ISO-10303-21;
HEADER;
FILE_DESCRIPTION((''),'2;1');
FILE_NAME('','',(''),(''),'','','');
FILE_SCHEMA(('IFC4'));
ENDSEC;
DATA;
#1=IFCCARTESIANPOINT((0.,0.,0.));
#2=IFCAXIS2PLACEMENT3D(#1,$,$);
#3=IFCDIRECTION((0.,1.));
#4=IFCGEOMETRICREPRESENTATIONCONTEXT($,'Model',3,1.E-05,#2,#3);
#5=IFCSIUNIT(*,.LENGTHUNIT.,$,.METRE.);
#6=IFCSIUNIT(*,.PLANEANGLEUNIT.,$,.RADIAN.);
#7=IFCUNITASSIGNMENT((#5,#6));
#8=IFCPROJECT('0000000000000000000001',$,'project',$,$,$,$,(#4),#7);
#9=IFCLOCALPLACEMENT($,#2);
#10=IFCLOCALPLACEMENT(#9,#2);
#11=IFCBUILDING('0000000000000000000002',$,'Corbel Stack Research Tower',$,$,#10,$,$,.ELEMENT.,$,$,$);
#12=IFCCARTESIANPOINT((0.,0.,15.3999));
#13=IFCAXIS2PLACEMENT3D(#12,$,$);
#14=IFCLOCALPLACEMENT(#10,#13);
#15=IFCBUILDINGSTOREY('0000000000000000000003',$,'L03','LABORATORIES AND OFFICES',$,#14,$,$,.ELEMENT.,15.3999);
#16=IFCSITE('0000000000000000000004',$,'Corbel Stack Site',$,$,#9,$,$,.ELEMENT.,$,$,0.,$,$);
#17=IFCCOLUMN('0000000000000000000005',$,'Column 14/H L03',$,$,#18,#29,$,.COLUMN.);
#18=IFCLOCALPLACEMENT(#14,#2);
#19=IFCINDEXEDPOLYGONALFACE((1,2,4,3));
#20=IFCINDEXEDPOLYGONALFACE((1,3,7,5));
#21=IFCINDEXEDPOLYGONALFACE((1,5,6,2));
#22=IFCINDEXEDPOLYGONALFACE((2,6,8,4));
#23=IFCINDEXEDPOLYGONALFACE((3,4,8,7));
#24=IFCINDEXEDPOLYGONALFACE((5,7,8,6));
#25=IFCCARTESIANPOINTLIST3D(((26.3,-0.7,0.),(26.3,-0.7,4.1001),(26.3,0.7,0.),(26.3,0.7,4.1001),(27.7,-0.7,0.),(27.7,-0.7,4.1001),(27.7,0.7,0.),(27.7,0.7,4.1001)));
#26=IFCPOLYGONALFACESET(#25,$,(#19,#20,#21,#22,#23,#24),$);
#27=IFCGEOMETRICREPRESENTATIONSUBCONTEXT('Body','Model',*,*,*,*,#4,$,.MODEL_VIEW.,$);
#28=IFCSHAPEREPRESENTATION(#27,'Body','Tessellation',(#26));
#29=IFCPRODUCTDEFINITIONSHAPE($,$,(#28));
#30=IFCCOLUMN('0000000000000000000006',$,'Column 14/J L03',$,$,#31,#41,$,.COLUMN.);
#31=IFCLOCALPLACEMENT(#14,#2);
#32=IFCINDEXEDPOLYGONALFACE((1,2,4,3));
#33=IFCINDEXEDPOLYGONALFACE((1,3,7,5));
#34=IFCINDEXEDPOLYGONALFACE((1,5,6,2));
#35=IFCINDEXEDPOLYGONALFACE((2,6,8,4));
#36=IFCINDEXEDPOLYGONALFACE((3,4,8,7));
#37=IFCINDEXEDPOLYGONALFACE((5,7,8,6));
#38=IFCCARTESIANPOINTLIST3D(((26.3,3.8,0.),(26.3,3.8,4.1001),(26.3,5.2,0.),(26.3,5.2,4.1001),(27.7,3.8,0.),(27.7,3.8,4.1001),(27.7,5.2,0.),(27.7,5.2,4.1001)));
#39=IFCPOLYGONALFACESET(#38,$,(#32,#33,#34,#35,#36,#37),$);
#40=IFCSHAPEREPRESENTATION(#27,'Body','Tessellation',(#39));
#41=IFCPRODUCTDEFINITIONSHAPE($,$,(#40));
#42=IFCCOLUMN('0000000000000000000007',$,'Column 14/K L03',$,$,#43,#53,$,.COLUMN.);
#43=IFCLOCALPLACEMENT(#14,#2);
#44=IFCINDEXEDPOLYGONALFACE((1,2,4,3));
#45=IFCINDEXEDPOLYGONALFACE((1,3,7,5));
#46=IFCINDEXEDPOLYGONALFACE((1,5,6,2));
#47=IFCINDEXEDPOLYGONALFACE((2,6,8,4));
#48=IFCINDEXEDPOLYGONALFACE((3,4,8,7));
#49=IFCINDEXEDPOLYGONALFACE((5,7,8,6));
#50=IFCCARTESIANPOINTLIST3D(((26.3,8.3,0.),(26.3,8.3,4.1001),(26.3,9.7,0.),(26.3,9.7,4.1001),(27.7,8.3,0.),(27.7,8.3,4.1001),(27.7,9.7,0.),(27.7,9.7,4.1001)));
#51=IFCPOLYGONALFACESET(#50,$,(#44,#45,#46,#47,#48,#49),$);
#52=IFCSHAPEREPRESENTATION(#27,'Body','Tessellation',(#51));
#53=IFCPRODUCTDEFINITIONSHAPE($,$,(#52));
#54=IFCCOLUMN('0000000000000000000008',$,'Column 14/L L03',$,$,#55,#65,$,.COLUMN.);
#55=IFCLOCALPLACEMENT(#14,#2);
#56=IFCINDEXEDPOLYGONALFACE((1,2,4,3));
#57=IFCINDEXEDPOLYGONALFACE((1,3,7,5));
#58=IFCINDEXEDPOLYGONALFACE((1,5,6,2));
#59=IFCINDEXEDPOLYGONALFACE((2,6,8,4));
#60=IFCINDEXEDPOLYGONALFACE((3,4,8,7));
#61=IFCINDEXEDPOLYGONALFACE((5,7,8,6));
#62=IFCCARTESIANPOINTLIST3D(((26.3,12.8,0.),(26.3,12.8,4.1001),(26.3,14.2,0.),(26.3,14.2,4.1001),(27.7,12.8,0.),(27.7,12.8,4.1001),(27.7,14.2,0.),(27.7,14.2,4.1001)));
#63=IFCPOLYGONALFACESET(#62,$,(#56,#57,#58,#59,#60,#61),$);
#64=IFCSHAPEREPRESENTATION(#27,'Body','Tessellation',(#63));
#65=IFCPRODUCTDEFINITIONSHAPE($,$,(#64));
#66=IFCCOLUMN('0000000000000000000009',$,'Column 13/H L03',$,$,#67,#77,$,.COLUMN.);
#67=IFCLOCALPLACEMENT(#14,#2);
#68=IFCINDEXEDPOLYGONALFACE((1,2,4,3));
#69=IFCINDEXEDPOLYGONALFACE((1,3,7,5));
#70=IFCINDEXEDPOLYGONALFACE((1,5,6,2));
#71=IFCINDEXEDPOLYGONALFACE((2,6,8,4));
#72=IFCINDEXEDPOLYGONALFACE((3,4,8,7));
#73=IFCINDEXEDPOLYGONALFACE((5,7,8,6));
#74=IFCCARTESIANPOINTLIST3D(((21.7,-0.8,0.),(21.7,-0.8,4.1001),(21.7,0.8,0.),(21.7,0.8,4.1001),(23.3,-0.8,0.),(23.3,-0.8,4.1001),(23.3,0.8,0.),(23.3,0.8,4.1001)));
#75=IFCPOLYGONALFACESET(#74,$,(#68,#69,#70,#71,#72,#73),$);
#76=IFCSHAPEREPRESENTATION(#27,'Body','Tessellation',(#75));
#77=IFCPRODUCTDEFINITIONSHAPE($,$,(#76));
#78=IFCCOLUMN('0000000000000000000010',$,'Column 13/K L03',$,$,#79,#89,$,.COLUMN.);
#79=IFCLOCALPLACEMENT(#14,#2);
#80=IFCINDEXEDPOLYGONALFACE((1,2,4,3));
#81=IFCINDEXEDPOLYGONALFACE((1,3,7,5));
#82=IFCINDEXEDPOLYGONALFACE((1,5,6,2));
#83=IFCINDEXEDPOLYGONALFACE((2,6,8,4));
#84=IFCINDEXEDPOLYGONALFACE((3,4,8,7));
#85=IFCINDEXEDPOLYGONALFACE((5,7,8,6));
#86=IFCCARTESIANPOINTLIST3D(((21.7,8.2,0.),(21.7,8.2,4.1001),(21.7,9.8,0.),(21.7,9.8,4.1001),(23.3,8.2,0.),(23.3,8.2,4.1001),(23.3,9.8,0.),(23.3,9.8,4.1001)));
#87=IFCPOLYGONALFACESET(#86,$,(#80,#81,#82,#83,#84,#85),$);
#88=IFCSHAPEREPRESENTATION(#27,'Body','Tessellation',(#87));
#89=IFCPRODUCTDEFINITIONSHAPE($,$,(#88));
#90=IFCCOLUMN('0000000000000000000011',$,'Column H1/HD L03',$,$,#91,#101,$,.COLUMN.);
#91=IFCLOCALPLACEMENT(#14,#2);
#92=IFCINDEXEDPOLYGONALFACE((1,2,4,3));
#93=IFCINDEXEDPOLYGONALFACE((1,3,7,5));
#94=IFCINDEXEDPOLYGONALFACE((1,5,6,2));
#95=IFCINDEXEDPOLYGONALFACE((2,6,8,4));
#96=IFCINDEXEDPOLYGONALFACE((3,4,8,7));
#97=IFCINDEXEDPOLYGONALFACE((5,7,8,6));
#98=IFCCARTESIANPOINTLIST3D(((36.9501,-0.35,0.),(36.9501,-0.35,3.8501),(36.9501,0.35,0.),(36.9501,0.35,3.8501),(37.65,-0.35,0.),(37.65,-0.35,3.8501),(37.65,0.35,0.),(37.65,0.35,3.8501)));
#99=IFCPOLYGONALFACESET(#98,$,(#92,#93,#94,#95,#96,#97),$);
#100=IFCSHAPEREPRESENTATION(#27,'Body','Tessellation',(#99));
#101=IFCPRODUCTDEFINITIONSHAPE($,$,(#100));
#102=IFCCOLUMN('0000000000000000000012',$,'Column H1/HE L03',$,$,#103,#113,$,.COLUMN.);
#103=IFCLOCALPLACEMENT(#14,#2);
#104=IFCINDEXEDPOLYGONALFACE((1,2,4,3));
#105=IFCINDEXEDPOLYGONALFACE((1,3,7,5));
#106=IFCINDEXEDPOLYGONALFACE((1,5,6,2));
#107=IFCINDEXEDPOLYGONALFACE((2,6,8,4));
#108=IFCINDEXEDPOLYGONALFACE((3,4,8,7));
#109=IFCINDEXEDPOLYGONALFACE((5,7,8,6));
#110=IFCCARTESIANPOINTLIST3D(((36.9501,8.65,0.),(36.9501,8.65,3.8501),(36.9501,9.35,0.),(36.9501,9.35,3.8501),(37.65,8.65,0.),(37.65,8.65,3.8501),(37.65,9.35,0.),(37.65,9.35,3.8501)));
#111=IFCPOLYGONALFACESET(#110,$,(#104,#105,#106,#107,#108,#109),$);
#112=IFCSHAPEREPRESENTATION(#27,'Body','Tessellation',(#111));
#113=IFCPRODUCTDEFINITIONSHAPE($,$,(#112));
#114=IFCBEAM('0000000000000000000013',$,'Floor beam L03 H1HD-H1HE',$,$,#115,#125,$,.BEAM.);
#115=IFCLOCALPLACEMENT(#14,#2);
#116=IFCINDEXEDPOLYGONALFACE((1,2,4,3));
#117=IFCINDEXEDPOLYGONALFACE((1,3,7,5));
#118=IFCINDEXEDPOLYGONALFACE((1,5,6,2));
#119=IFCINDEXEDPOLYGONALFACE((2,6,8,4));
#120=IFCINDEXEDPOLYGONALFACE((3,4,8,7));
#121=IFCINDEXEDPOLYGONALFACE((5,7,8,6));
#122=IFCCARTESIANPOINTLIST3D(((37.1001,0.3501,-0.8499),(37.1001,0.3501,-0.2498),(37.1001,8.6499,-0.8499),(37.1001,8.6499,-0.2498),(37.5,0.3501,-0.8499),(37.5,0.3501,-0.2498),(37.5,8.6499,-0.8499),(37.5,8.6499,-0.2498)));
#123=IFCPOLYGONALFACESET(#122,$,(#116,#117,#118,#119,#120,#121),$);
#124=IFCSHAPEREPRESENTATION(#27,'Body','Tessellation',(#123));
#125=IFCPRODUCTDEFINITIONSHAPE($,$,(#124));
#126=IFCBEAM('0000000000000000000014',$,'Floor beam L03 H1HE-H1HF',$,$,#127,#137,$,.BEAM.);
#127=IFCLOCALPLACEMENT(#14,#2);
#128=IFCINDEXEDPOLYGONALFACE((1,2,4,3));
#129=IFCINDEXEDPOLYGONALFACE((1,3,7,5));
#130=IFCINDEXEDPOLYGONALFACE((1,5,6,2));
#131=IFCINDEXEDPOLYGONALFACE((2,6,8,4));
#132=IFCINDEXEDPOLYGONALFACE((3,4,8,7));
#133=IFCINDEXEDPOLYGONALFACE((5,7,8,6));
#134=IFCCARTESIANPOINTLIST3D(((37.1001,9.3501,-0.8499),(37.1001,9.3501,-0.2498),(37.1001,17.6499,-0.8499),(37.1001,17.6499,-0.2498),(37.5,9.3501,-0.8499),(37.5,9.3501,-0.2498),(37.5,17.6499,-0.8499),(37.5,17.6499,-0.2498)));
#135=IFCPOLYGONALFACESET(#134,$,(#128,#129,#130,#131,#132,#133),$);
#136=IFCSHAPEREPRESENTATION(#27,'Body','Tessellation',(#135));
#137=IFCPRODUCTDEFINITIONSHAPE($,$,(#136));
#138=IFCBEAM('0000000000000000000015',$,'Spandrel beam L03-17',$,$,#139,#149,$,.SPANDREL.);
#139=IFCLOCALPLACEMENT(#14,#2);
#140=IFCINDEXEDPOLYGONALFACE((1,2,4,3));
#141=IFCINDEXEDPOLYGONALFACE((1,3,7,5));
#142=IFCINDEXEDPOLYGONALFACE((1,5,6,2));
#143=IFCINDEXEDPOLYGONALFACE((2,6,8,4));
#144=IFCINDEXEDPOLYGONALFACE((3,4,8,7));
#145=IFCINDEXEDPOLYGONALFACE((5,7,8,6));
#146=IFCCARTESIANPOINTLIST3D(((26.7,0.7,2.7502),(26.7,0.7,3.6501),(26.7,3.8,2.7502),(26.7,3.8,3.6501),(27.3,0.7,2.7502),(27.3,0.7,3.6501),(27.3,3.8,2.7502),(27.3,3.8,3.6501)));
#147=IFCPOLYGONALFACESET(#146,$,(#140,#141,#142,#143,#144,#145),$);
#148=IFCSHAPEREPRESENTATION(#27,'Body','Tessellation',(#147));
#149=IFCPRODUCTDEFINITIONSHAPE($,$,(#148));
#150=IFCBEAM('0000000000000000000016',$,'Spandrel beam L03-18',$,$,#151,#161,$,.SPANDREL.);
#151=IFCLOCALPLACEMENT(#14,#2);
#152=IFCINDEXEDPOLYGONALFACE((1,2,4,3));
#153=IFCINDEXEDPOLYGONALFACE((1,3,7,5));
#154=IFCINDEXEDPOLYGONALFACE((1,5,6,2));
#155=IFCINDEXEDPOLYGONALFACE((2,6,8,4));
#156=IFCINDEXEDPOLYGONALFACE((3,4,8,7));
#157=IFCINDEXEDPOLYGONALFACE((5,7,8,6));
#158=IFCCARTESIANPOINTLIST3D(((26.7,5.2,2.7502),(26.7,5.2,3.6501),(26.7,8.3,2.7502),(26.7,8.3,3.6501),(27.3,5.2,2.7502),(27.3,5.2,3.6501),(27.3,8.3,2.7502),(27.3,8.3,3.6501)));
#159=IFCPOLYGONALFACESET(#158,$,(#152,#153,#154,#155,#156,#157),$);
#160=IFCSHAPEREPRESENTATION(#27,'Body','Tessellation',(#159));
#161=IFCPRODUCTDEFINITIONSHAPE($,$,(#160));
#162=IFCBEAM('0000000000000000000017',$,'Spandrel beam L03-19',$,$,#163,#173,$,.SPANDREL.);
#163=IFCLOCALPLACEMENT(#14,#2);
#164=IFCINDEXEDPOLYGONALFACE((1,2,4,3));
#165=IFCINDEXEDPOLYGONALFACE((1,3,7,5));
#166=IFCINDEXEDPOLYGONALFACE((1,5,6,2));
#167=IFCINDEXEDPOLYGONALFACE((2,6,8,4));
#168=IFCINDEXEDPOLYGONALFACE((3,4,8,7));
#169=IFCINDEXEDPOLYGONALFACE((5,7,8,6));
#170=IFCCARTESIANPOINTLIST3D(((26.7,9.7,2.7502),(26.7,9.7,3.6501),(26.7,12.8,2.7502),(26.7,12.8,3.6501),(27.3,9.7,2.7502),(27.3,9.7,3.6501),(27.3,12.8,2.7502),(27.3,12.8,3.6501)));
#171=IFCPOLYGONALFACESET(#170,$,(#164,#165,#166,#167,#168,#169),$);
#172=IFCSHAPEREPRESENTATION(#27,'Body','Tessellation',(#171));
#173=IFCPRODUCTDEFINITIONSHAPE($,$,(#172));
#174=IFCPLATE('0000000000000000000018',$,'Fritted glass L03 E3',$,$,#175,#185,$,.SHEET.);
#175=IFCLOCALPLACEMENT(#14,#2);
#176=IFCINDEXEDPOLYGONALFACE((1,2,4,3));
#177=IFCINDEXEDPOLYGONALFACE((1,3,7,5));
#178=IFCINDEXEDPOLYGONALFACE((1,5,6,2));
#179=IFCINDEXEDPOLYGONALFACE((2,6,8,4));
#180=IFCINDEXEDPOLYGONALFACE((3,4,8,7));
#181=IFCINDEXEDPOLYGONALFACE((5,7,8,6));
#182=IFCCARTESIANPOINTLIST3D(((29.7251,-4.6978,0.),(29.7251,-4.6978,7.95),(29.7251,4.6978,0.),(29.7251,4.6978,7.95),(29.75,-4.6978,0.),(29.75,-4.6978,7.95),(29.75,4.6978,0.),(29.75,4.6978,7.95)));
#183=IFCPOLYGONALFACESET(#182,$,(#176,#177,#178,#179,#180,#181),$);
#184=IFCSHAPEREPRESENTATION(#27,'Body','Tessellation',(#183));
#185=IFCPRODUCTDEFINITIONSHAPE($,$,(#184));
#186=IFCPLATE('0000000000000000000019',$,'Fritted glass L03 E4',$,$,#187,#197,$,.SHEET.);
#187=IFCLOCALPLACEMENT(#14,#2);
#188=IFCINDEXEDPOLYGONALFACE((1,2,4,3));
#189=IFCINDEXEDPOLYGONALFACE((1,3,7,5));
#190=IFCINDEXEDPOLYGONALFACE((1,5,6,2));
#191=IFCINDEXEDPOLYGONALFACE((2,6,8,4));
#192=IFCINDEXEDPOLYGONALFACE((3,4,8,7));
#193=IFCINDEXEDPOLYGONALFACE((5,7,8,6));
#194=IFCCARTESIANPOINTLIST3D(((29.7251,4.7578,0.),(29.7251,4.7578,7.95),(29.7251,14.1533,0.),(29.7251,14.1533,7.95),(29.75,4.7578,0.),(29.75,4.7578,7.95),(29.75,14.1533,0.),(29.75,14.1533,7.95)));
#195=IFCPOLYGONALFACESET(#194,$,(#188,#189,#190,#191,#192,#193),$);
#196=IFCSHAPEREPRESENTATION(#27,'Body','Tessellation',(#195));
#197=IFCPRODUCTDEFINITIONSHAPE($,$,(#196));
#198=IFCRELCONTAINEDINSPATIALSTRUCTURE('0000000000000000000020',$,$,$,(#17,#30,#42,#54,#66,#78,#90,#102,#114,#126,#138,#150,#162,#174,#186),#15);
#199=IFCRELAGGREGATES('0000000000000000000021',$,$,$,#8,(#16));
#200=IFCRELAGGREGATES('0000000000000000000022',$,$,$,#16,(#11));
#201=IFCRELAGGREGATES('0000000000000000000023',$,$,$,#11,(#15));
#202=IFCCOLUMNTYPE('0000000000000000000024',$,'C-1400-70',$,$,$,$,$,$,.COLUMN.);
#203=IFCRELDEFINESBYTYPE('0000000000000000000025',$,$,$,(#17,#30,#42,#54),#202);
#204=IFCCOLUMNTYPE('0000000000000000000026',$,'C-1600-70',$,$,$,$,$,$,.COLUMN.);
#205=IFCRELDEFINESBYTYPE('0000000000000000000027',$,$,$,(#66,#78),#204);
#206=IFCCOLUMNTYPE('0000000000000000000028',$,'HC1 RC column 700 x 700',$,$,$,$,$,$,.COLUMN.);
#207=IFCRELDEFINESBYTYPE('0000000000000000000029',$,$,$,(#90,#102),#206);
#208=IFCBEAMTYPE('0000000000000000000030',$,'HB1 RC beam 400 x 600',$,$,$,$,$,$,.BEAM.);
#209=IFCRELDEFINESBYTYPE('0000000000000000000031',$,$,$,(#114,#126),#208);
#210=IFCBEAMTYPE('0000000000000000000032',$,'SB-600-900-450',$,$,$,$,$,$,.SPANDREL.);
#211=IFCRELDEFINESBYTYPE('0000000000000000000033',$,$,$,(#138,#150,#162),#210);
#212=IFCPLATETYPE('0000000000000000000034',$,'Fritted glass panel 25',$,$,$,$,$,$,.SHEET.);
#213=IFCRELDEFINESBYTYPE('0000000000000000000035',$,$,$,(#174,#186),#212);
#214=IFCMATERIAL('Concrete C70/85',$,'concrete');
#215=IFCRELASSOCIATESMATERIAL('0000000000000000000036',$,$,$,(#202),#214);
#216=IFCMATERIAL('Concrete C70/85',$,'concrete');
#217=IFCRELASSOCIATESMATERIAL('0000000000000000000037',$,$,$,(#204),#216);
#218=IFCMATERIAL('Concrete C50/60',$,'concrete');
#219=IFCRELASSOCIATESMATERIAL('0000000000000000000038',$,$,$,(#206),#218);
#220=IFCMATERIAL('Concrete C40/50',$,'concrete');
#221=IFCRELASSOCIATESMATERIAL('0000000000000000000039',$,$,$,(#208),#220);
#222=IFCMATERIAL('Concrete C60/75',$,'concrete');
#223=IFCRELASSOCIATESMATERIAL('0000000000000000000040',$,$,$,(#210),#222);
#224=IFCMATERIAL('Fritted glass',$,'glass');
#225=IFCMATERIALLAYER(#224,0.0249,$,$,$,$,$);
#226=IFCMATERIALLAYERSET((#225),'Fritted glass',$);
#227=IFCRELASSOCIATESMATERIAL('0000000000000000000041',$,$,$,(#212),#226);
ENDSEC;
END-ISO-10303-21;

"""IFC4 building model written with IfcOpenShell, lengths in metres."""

from ifc_helpers import new_model, si_unit, direction, frame, origin, origin_2d, place, context, subcontext, project, spatial, rectangle, extrude, material, layer, layer_set, material_profile, profile_set, type_object, element, save


model = new_model("IFC4")

# Units and contexts
model_context = context("Model", 3, precision=1e-05, world=origin(), true_north=direction((0.0, 1.0)))
body_context = subcontext(model_context, "Body", "Model", "MODEL_VIEW")
ifc_project = project(units=[si_unit("LENGTHUNIT", "METRE"), si_unit("PLANEANGLEUNIT", "RADIAN")], contexts=[model_context])

# Site, building, storey
site_placement = place(None, origin())
site = spatial("IfcSite", under=ifc_project, at=site_placement, Name="Corbel Stack Site", CompositionType="ELEMENT", RefElevation=0.0)
building_placement = place(site_placement, origin())
building = spatial("IfcBuilding", under=site, at=building_placement, Name="Corbel Stack Research Tower", CompositionType="ELEMENT")
storey_placement = place(building_placement, frame((0.0, 0.0, 15.3999)))
storey = spatial("IfcBuildingStorey", under=building, at=storey_placement, Name="L03", Description="LABORATORIES AND OFFICES", CompositionType="ELEMENT", Elevation=15.3999)

# Columns
ifc_material_1 = material(Name="Concrete C70/85", Category="concrete")
ifc_material_profile_1 = material_profile(ifc_material_1, rectangle(XDim=1.3999, YDim=1.3999, at=origin_2d()), Name="RC 1400 x 1400")
ifc_profile_set_1 = profile_set([ifc_material_profile_1], Name="Concrete C70/85")
column_type_1 = type_object("IfcColumnType", Name="C-1400-70", PredefinedType="COLUMN", material=ifc_profile_set_1)
for number, where, z_axis, x_axis, name in (
    (1, (27.0, 0.0, 0.0), (0.0, 0.0, 1.0), (1.0, 0.0, 0.0), "Column 14/H L03"),
    (2, (27.0, 4.5, 0.0), (0.0, 0.0, 1.0), (1.0, 0.0, 0.0), "Column 14/J L03"),
    (3, (27.0, 9.0, 0.0), (0.0, 0.0, 1.0), (1.0, 0.0, 0.0), "Column 14/K L03"),
    (4, (27.0, 13.5, 0.0), (0.0, 0.0, 1.0), (1.0, 0.0, 0.0), "Column 14/L L03"),
):
    element("IfcColumn", number, at=place(storey_placement, frame(where, z_axis=z_axis, x_axis=x_axis)), inside=storey, type_object=column_type_1, Name=name, PredefinedType="COLUMN", context=body_context, shape_type="SweptSolid", body=[
        extrude(rectangle(XDim=1.3999, YDim=1.3999, at=origin_2d()), origin(), (0.0, 0.0, 1.0), 4.1001),
    ])
ifc_material_2 = material(Name="Concrete C70/85", Category="concrete")
ifc_material_profile_2 = material_profile(ifc_material_2, rectangle(XDim=1.6001, YDim=1.6001, at=origin_2d()), Name="RC 1600 x 1600")
ifc_profile_set_2 = profile_set([ifc_material_profile_2], Name="Concrete C70/85")
column_type_2 = type_object("IfcColumnType", Name="C-1600-70", PredefinedType="COLUMN", material=ifc_profile_set_2)
for number, where, z_axis, x_axis, name in (
    (5, (22.5, 0.0, 0.0), (0.0, 0.0, 1.0), (1.0, 0.0, 0.0), "Column 13/H L03"),
    (6, (22.5, 9.0, 0.0), (0.0, 0.0, 1.0), (1.0, 0.0, 0.0), "Column 13/K L03"),
):
    element("IfcColumn", number, at=place(storey_placement, frame(where, z_axis=z_axis, x_axis=x_axis)), inside=storey, type_object=column_type_2, Name=name, PredefinedType="COLUMN", context=body_context, shape_type="SweptSolid", body=[
        extrude(rectangle(XDim=1.6001, YDim=1.6001, at=origin_2d()), origin(), (0.0, 0.0, 1.0), 4.1001),
    ])
ifc_material_3 = material(Name="Concrete C50/60", Category="concrete")
ifc_material_profile_3 = material_profile(ifc_material_3, rectangle(XDim=0.7, YDim=0.7, at=origin_2d()), Name="RC 700 x 700")
ifc_profile_set_3 = profile_set([ifc_material_profile_3], Name="Concrete C50/60")
column_type_3 = type_object("IfcColumnType", Name="HC1 RC column 700 x 700", PredefinedType="COLUMN", material=ifc_profile_set_3)
for number, where, z_axis, x_axis, name in (
    (7, (37.3, 0.0, 0.0), (0.0, 0.0, 1.0), (1.0, 0.0, 0.0), "Column H1/HD L03"),
    (8, (37.3, 9.0, 0.0), (0.0, 0.0, 1.0), (1.0, 0.0, 0.0), "Column H1/HE L03"),
):
    element("IfcColumn", number, at=place(storey_placement, frame(where, z_axis=z_axis, x_axis=x_axis)), inside=storey, type_object=column_type_3, Name=name, PredefinedType="COLUMN", context=body_context, shape_type="SweptSolid", body=[
        extrude(rectangle(XDim=0.7, YDim=0.7, at=origin_2d()), origin(), (0.0, 0.0, 1.0), 3.8501),
    ])

# Beams
ifc_material_4 = material(Name="Concrete C40/50", Category="concrete")
ifc_material_profile_4 = material_profile(ifc_material_4, rectangle(XDim=0.3999, YDim=0.6001, at=origin_2d()), Name="RC 400 x 600")
ifc_profile_set_4 = profile_set([ifc_material_profile_4], Name="Concrete C40/50")
beam_type_1 = type_object("IfcBeamType", Name="HB1 RC beam 400 x 600", PredefinedType="BEAM", material=ifc_profile_set_4)
for number, where, z_axis, x_axis, name in (
    (9, (37.3, 0.3501, -0.5498), (0.0, 1.0, 0.0), (-1.0, 0.0, 0.0), "Floor beam L03 H1HD-H1HE"),
    (10, (37.3, 9.3501, -0.5498), (0.0, 1.0, 0.0), (-1.0, 0.0, 0.0), "Floor beam L03 H1HE-H1HF"),
):
    element("IfcBeam", number, at=place(storey_placement, frame(where, z_axis=z_axis, x_axis=x_axis)), inside=storey, type_object=beam_type_1, Name=name, PredefinedType="BEAM", context=body_context, shape_type="SweptSolid", body=[
        extrude(rectangle(XDim=0.3999, YDim=0.6001, at=origin_2d()), origin(), (0.0, 0.0, 1.0), 8.2998),
    ])
ifc_material_5 = material(Name="Concrete C60/75", Category="concrete")
ifc_material_profile_5 = material_profile(ifc_material_5, rectangle(XDim=0.6001, YDim=0.8999, at=origin_2d()), Name="RC 600 x 900")
ifc_profile_set_5 = profile_set([ifc_material_profile_5], Name="Concrete C60/75")
beam_type_2 = type_object("IfcBeamType", Name="SB-600-900-450", PredefinedType="SPANDREL", material=ifc_profile_set_5)
for number, where, z_axis, x_axis, name in (
    (11, (27.0, 0.7, 3.2002), (0.0, 1.0, 0.0), (-1.0, 0.0, 0.0), "Spandrel beam L03-17"),
    (12, (27.0, 5.2, 3.2002), (0.0, 1.0, 0.0), (-1.0, 0.0, 0.0), "Spandrel beam L03-18"),
    (13, (27.0, 9.7, 3.2002), (0.0, 1.0, 0.0), (-1.0, 0.0, 0.0), "Spandrel beam L03-19"),
):
    element("IfcBeam", number, at=place(storey_placement, frame(where, z_axis=z_axis, x_axis=x_axis)), inside=storey, type_object=beam_type_2, Name=name, PredefinedType="SPANDREL", context=body_context, shape_type="SweptSolid", body=[
        extrude(rectangle(XDim=0.6001, YDim=0.8999, at=origin_2d()), origin(), (0.0, 0.0, 1.0), 3.1001),
    ])

# Plates
ifc_material_6 = material(Name="Fritted glass", Category="glass")
ifc_layer_1 = layer(ifc_material_6, 0.0249)
ifc_layer_set_1 = layer_set([ifc_layer_1], Name="Fritted glass")
plate_type = type_object("IfcPlateType", Name="Fritted glass panel 25", PredefinedType="SHEET", material=ifc_layer_set_1)
for number, where, z_axis, x_axis, name in (
    (14, (29.7375, 0.0, 0.0), (0.0, 0.0, 1.0), (0.0, 1.0, 0.0), "Fritted glass L03 E3"),
    (15, (29.7375, 9.4556, 0.0), (0.0, 0.0, 1.0), (0.0, 1.0, 0.0), "Fritted glass L03 E4"),
):
    element("IfcPlate", number, at=place(storey_placement, frame(where, z_axis=z_axis, x_axis=x_axis)), inside=storey, type_object=plate_type, Name=name, PredefinedType="SHEET", context=body_context, shape_type="SweptSolid", body=[
        extrude(rectangle(XDim=9.3955, YDim=0.0249, at=origin_2d()), origin(), (0.0, 0.0, 1.0), 7.95),
    ])

save(model, "model.ifc")
